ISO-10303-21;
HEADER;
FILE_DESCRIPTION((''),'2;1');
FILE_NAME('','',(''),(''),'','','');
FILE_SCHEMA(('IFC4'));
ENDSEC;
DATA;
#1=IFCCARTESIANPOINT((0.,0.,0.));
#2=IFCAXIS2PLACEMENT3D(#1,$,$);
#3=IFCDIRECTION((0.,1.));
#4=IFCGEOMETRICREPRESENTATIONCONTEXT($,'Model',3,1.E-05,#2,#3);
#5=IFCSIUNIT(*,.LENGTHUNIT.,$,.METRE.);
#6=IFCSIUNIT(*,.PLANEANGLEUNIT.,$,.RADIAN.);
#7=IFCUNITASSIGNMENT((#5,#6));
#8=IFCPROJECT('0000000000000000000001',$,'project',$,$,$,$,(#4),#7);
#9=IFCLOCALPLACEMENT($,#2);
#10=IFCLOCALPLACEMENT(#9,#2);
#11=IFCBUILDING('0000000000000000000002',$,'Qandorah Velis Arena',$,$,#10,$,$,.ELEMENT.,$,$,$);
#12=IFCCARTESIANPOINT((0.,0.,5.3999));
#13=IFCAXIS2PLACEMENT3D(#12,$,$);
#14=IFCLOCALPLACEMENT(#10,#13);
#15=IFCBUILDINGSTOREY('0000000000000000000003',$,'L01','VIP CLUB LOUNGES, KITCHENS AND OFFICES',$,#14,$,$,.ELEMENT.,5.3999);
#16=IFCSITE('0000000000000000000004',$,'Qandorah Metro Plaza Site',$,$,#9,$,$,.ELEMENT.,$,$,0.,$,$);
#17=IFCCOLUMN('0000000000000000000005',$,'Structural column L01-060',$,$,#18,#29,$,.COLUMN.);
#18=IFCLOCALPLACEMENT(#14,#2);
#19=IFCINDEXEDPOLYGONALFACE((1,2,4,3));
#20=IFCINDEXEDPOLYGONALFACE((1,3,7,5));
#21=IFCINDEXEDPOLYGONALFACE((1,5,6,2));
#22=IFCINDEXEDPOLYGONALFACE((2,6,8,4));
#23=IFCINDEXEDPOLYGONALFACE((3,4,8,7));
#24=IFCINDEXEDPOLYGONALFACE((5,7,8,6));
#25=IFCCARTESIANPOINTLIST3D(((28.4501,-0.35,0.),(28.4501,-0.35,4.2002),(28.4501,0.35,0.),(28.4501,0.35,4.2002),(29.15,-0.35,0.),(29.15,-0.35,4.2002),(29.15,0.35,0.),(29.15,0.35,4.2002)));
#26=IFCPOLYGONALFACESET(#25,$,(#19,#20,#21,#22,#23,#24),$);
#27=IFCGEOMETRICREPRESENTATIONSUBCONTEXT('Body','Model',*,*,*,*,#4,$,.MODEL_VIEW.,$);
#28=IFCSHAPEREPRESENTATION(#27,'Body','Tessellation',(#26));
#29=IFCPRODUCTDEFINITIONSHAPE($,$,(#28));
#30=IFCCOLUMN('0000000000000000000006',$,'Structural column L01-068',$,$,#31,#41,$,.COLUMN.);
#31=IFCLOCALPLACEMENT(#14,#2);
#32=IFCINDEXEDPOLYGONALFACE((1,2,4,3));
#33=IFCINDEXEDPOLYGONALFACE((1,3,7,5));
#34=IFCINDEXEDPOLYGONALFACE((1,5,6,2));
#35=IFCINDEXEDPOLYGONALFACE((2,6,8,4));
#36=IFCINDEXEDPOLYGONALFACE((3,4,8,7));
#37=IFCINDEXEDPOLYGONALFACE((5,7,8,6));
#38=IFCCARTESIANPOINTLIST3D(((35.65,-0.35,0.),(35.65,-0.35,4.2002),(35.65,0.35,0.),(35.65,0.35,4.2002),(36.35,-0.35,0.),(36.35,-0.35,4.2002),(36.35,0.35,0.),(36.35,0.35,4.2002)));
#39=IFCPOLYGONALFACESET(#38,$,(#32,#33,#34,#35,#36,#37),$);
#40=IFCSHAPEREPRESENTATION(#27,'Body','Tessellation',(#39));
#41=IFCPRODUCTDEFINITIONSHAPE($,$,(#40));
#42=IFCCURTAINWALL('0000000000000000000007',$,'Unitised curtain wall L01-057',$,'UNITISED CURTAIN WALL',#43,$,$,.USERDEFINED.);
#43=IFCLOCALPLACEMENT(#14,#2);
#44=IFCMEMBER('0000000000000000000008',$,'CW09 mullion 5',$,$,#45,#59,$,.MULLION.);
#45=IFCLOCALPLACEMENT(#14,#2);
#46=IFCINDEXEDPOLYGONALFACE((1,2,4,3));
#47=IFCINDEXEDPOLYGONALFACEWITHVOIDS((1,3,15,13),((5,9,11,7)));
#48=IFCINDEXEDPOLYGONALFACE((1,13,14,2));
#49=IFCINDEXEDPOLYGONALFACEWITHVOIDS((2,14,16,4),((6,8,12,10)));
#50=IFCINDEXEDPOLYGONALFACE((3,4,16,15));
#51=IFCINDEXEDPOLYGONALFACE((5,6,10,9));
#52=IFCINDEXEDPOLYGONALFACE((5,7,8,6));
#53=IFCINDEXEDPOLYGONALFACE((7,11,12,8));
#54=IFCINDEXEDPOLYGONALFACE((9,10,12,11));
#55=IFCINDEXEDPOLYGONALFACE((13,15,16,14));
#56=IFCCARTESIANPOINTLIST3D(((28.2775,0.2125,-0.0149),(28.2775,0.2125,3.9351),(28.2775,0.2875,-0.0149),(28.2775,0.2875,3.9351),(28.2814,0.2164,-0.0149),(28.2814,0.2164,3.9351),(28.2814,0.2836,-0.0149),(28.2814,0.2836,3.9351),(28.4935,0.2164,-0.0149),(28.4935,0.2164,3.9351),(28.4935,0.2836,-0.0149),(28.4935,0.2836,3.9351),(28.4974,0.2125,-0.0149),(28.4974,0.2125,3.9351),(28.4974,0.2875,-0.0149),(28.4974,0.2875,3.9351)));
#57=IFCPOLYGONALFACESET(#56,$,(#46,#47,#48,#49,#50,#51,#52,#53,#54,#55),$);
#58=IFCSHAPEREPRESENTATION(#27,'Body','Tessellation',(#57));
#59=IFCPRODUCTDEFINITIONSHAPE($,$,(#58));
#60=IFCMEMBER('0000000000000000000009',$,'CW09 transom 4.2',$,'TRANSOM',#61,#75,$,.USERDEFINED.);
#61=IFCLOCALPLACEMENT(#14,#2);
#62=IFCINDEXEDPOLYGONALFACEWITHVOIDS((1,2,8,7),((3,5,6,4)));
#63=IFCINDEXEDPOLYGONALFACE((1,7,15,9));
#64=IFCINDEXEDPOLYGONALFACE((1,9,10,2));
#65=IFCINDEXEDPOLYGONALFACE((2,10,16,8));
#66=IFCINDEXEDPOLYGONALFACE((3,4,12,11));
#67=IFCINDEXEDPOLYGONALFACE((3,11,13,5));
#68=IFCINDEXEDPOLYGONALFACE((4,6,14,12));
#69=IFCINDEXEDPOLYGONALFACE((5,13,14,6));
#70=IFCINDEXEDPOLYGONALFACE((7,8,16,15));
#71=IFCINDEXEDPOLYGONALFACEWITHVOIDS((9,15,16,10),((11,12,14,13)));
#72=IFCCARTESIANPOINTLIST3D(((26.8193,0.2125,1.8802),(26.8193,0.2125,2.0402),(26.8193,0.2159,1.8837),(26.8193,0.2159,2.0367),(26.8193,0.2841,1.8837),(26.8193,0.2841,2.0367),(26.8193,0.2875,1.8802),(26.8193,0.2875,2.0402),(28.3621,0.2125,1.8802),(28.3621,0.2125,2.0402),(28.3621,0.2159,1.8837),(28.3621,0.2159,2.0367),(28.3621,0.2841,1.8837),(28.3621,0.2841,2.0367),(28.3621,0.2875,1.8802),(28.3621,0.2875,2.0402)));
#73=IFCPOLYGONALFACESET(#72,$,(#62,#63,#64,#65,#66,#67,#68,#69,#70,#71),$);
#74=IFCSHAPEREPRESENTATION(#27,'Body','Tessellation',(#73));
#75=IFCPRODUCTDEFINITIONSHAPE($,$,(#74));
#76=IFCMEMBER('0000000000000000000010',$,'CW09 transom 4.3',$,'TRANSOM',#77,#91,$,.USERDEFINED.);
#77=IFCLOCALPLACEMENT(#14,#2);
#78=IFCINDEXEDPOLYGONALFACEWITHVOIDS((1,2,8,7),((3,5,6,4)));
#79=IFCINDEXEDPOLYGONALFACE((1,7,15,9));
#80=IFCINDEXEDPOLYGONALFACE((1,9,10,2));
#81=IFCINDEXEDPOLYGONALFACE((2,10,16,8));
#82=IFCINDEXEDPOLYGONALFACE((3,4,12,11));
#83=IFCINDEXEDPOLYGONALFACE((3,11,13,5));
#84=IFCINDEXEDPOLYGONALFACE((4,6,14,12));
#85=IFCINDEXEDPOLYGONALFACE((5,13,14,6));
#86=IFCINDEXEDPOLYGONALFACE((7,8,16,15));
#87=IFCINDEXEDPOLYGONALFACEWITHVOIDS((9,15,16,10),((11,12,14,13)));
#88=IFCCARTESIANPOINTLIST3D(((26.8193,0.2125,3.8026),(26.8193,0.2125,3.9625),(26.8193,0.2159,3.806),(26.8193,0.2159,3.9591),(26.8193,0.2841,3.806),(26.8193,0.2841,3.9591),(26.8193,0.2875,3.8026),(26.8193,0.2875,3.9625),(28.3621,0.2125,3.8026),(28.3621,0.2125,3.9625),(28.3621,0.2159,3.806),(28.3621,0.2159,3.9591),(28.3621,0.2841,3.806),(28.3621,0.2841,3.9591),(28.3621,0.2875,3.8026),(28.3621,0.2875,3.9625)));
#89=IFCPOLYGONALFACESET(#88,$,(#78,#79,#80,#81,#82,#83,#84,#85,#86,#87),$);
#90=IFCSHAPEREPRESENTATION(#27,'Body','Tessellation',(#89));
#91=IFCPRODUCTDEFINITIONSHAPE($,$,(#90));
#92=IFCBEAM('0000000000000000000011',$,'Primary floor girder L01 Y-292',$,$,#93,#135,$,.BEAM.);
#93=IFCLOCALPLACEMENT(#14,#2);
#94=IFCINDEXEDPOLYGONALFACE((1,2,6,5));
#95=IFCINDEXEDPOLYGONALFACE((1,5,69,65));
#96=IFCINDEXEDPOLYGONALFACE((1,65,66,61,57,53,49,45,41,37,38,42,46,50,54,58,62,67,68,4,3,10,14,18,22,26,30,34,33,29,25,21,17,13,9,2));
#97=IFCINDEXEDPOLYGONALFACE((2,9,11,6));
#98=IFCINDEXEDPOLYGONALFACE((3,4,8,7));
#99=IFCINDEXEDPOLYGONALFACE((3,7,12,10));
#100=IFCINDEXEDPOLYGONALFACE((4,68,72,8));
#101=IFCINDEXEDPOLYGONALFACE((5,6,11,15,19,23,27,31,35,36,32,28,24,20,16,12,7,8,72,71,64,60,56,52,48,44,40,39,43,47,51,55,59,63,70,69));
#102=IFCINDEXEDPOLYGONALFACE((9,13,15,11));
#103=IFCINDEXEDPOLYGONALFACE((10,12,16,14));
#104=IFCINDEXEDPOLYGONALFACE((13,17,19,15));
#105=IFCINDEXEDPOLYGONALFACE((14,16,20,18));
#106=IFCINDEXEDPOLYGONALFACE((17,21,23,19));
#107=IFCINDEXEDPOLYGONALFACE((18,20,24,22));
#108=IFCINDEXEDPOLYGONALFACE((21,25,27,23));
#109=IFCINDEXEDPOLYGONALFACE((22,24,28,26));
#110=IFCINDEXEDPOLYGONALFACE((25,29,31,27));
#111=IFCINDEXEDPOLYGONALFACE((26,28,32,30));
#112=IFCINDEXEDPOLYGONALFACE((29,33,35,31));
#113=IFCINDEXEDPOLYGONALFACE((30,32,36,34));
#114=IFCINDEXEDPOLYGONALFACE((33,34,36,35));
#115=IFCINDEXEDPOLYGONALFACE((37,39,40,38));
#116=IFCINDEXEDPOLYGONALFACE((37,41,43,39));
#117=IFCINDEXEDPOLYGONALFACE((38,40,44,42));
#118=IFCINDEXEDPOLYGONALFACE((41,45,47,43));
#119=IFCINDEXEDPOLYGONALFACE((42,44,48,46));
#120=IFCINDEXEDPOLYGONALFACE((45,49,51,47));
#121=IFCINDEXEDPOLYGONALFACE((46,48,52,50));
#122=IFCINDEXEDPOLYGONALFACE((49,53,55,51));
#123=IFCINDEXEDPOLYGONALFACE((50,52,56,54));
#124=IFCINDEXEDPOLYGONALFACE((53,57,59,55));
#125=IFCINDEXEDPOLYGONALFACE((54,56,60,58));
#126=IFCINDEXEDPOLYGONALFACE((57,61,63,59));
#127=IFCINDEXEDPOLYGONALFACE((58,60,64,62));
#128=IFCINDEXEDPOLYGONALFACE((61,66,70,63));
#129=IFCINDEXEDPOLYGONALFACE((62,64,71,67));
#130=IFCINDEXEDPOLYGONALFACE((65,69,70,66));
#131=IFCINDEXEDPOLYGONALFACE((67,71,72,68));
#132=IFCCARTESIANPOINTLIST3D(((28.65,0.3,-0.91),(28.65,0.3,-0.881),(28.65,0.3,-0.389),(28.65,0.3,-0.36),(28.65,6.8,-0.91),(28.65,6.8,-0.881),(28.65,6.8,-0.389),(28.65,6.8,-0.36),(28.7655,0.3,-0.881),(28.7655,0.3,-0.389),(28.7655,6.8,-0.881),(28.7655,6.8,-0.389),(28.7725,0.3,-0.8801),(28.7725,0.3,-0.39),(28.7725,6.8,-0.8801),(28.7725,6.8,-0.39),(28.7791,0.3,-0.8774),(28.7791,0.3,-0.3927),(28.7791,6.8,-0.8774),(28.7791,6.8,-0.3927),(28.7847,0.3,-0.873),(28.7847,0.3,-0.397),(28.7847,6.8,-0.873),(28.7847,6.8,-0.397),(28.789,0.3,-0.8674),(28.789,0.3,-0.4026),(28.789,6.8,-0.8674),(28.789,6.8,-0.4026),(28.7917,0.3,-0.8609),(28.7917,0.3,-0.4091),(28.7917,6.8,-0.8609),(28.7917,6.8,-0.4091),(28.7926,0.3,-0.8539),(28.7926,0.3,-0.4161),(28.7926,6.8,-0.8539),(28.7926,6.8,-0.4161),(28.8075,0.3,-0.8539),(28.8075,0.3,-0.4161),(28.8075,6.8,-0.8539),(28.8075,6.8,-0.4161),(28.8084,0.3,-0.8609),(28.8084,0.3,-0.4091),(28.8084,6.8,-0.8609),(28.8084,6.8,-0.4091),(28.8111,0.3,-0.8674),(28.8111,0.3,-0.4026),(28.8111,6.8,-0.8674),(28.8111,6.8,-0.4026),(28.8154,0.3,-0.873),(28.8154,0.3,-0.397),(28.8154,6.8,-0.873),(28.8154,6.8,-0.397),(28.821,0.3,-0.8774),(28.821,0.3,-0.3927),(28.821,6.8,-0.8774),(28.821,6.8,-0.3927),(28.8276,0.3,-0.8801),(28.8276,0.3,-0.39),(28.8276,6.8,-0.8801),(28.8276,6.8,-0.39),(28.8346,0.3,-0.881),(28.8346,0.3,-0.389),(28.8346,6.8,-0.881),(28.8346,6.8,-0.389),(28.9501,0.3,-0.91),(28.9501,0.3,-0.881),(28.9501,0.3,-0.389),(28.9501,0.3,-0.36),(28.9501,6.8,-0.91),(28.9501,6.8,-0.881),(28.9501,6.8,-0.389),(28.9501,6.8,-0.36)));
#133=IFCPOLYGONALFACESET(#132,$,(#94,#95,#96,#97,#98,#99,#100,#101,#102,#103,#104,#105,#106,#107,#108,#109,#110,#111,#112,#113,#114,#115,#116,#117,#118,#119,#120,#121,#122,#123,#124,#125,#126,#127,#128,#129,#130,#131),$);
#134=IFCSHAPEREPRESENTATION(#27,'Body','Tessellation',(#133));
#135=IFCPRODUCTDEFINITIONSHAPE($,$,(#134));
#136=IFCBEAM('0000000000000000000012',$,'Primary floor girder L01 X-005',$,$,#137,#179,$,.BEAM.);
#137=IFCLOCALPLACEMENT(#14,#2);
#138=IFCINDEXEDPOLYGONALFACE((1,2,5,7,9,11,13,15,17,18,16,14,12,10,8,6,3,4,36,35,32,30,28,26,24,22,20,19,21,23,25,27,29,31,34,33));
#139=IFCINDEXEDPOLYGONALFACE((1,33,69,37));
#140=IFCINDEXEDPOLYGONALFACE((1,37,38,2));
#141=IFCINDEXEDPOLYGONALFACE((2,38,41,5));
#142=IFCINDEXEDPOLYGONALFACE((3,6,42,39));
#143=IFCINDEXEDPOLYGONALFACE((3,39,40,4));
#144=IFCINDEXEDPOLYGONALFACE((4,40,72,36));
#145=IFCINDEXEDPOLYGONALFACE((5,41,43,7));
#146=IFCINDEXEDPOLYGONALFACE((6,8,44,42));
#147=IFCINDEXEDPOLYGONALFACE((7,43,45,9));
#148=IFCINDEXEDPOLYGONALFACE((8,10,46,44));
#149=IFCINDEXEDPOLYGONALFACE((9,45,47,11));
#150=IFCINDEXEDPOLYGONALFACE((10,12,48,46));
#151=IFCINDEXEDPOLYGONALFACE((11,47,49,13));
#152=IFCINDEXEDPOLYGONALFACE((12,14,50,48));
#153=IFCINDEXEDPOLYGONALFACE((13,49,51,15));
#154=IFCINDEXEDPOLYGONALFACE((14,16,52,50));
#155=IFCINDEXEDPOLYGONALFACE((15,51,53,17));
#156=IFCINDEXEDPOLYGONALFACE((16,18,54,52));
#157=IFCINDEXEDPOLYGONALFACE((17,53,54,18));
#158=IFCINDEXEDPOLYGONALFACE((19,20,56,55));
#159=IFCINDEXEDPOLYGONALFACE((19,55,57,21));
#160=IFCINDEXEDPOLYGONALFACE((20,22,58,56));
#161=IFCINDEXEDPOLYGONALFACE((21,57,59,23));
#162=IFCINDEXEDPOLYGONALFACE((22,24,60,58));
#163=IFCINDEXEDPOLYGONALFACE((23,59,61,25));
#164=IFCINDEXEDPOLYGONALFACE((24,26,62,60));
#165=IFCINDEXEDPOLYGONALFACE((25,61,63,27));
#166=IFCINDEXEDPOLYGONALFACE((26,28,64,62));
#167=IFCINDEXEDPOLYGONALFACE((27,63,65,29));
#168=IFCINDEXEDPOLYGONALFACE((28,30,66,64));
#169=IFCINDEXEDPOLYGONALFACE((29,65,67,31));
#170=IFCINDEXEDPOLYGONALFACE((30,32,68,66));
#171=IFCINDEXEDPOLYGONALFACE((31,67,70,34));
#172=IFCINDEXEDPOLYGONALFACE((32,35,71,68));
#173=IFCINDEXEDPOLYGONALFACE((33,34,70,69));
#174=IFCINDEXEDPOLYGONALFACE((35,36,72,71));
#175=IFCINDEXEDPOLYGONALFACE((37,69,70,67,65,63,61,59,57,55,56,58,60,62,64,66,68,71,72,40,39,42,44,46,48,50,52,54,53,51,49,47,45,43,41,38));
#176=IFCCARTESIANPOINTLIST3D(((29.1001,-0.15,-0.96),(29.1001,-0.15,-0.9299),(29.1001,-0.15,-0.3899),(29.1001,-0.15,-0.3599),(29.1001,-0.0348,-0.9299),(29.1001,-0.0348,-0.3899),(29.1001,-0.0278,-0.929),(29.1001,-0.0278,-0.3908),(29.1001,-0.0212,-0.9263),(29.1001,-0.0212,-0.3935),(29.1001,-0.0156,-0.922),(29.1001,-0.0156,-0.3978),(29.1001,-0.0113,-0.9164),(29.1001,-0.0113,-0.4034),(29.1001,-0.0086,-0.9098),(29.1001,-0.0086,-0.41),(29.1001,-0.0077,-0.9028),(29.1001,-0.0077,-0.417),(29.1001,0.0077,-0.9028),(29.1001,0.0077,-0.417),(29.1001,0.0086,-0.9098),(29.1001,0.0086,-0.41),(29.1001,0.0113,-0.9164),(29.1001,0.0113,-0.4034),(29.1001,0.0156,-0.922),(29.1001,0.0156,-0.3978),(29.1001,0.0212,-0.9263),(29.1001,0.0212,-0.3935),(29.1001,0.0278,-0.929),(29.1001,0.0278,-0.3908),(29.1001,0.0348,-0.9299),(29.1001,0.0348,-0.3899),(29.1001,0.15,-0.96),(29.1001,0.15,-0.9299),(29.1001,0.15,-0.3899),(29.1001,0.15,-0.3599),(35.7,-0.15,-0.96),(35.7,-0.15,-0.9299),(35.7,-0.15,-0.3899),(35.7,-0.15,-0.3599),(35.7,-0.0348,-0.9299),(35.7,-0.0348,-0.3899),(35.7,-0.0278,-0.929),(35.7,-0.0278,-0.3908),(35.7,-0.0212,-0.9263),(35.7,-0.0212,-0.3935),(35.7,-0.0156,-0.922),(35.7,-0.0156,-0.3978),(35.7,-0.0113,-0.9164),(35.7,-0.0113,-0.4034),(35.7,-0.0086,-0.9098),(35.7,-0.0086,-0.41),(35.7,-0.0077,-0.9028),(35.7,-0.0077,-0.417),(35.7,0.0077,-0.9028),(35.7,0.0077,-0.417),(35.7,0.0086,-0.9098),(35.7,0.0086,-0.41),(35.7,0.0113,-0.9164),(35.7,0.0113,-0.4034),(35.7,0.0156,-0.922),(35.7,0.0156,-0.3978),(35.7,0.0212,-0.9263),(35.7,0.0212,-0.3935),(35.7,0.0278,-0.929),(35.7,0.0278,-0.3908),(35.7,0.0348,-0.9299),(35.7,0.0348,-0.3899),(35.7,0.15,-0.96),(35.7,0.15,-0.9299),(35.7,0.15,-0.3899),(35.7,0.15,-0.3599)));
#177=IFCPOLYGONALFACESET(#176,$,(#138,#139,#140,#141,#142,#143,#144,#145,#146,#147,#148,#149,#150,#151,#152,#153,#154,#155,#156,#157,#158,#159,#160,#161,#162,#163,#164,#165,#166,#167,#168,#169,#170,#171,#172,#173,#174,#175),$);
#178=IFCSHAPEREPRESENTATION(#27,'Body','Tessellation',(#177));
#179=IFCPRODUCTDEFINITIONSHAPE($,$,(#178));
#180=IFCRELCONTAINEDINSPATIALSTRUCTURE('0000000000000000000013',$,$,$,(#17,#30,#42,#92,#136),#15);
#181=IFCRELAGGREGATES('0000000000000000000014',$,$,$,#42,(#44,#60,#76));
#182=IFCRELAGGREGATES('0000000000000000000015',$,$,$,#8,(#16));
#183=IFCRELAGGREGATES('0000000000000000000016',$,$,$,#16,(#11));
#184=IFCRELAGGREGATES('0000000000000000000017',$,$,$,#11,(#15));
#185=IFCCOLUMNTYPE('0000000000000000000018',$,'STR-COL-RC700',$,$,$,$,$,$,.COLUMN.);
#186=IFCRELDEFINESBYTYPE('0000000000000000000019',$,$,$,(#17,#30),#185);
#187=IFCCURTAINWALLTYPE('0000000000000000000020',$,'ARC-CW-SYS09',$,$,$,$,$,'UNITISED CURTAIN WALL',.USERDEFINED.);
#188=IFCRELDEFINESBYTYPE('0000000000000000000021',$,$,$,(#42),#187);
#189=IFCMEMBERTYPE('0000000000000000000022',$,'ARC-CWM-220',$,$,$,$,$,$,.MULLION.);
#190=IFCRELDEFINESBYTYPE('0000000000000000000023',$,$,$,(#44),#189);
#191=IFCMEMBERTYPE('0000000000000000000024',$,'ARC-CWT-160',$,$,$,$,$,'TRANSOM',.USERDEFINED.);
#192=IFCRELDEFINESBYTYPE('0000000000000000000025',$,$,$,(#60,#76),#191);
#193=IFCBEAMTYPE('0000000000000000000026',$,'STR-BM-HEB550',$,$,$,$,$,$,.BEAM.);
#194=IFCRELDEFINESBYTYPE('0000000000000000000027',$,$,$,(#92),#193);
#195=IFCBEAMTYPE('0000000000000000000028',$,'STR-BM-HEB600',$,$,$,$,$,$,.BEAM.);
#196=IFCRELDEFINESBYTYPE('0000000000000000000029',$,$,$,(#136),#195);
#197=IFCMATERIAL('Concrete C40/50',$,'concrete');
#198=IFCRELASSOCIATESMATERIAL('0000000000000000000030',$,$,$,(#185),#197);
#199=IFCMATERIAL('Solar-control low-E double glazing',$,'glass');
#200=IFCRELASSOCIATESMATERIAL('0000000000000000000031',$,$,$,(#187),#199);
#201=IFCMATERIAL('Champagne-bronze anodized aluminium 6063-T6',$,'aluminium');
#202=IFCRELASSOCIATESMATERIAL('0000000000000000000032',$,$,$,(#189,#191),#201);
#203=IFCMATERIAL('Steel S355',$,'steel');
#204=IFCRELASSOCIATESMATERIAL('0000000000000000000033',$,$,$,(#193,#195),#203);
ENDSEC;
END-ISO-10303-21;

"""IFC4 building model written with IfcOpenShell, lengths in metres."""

from ifc_helpers import new_model, si_unit, direction, frame, origin, origin_2d, place, context, subcontext, project, spatial, rectangle, hollow_rectangle, i_section, extrude, material, material_profile, profile_set, type_object, element, aggregate, save


model = new_model("IFC4")

# Units and contexts
model_context = context("Model", 3, precision=1e-05, world=origin(), true_north=direction((0.0, 1.0)))
body_context = subcontext(model_context, "Body", "Model", "MODEL_VIEW")
ifc_project = project(units=[si_unit("LENGTHUNIT", "METRE"), si_unit("PLANEANGLEUNIT", "RADIAN")], contexts=[model_context])

# Site, building, storey
site_placement = place(None, origin())
site = spatial("IfcSite", under=ifc_project, at=site_placement, Name="Qandorah Metro Plaza Site", CompositionType="ELEMENT", RefElevation=0.0)
building_placement = place(site_placement, origin())
building = spatial("IfcBuilding", under=site, at=building_placement, Name="Qandorah Velis Arena", CompositionType="ELEMENT")
storey_placement = place(building_placement, frame((0.0, 0.0, 5.3999)))
storey = spatial("IfcBuildingStorey", under=building, at=storey_placement, Name="L01", Description="VIP CLUB LOUNGES, KITCHENS AND OFFICES", CompositionType="ELEMENT", Elevation=5.3999)

# Columns
ifc_material_1 = material(Name="Concrete C40/50", Category="concrete")
ifc_material_profile_1 = material_profile(ifc_material_1, rectangle(XDim=0.7, YDim=0.7, at=origin_2d()), Name="RC COL 700x700")
ifc_profile_set_1 = profile_set([ifc_material_profile_1], Name="Concrete C40/50")
column_type = type_object("IfcColumnType", Name="STR-COL-RC700", PredefinedType="COLUMN", material=ifc_profile_set_1)
for number, where, z_axis, x_axis, name in (
    (1, (28.8, 0.0, 0.0), (0.0, 0.0, 1.0), (1.0, 0.0, 0.0), "Structural column L01-060"),
    (2, (36.0, 0.0, 0.0), (0.0, 0.0, 1.0), (1.0, 0.0, 0.0), "Structural column L01-068"),
):
    element("IfcColumn", number, at=place(storey_placement, frame(where, z_axis=z_axis, x_axis=x_axis)), inside=storey, type_object=column_type, Name=name, PredefinedType="COLUMN", context=body_context, shape_type="SweptSolid", body=[
        extrude(rectangle(XDim=0.7, YDim=0.7, at=origin_2d()), origin(), (0.0, 0.0, 1.0), 4.2002),
    ])

# Curtain wall, members
ifc_material_2 = material(Name="Solar-control low-E double glazing", Category="glass")
curtain_wall_type = type_object("IfcCurtainWallType", Name="ARC-CW-SYS09", ElementType="UNITISED CURTAIN WALL", PredefinedType="USERDEFINED", material=ifc_material_2)
curtain_wall_placement = place(storey_placement, origin())
curtain_wall = element("IfcCurtainWall", 3, at=curtain_wall_placement, inside=storey, type_object=curtain_wall_type, Name="Unitised curtain wall L01-057", ObjectType="UNITISED CURTAIN WALL", PredefinedType="USERDEFINED")
ifc_material_3 = material(Name="Champagne-bronze anodized aluminium 6063-T6", Category="aluminium")
ifc_material_profile_2 = material_profile(ifc_material_3, hollow_rectangle(XDim=0.075, YDim=0.22, WallThickness=0.0039, at=origin_2d()), Name="ALU MULLION 75x220")
ifc_profile_set_2 = profile_set([ifc_material_profile_2], Name="Champagne-bronze anodized aluminium 6063-T6")
member_type_1 = type_object("IfcMemberType", Name="ARC-CWM-220", PredefinedType="MULLION", material=ifc_profile_set_2)
member_1_placement = place(storey_placement, frame((28.3875, 0.25, -0.0149), z_axis=(0.0, 0.0, 1.0), x_axis=(0.0, 1.0, 0.0)))
member_1 = element("IfcMember", 4, at=member_1_placement, type_object=member_type_1, Name="CW09 mullion 5", PredefinedType="MULLION", context=body_context, shape_type="SweptSolid", body=[
    extrude(hollow_rectangle(XDim=0.075, YDim=0.22, WallThickness=0.0039, at=origin_2d()), origin(), (0.0, 0.0, 1.0), 3.95),
])
ifc_material_profile_3 = material_profile(ifc_material_3, hollow_rectangle(XDim=0.075, YDim=0.1599, WallThickness=0.0034, at=origin_2d()), Name="ALU TRANSOM 75x160")
ifc_profile_set_3 = profile_set([ifc_material_profile_3], Name="Champagne-bronze anodized aluminium 6063-T6")
member_type_2 = type_object("IfcMemberType", Name="ARC-CWT-160", ElementType="TRANSOM", PredefinedType="USERDEFINED", material=ifc_profile_set_3)
member_2_placement = place(storey_placement, frame((26.8193, 0.25, 1.9602), z_axis=(1.0, 0.0, 0.0), x_axis=(0.0, 1.0, 0.0)))
member_2 = element("IfcMember", 5, at=member_2_placement, type_object=member_type_2, Name="CW09 transom 4.2", ObjectType="TRANSOM", PredefinedType="USERDEFINED", context=body_context, shape_type="SweptSolid", body=[
    extrude(hollow_rectangle(XDim=0.075, YDim=0.1599, WallThickness=0.0034, at=origin_2d()), origin(), (0.0, 0.0, 1.0), 1.5427),
])
member_3_placement = place(storey_placement, frame((26.8193, 0.25, 3.8826), z_axis=(1.0, 0.0, 0.0), x_axis=(0.0, 1.0, 0.0)))
member_3 = element("IfcMember", 6, at=member_3_placement, type_object=member_type_2, Name="CW09 transom 4.3", ObjectType="TRANSOM", PredefinedType="USERDEFINED", context=body_context, shape_type="SweptSolid", body=[
    extrude(hollow_rectangle(XDim=0.075, YDim=0.1599, WallThickness=0.0034, at=origin_2d()), origin(), (0.0, 0.0, 1.0), 1.5427),
])

# Beams
ifc_material_4 = material(Name="Steel S355", Category="steel")
ifc_material_profile_4 = material_profile(ifc_material_4, i_section(OverallWidth=0.3, OverallDepth=0.55, WebThickness=0.0149, FlangeThickness=0.0291, FilletRadius=0.0271, at=origin_2d()), Name="HEB 550")
ifc_profile_set_4 = profile_set([ifc_material_profile_4], Name="Steel S355")
beam_type_1 = type_object("IfcBeamType", Name="STR-BM-HEB550", PredefinedType="BEAM", material=ifc_profile_set_4)
beam_placement = place(storey_placement, frame((28.8, 0.3, -0.635), z_axis=(0.0, 1.0, 0.0), x_axis=(-1.0, 0.0, 0.0)))
element("IfcBeam", 7, at=beam_placement, inside=storey, type_object=beam_type_1, Name="Primary floor girder L01 Y-292", PredefinedType="BEAM", context=body_context, shape_type="SweptSolid", body=[
    extrude(i_section(OverallWidth=0.3, OverallDepth=0.55, WebThickness=0.0149, FlangeThickness=0.0291, FilletRadius=0.0271, at=origin_2d()), origin(), (0.0, 0.0, 1.0), 6.5),
])
ifc_material_profile_5 = material_profile(ifc_material_4, i_section(OverallWidth=0.3, OverallDepth=0.6001, WebThickness=0.0154, FlangeThickness=0.03, FilletRadius=0.0271, at=origin_2d()), Name="HEB 600")
ifc_profile_set_5 = profile_set([ifc_material_profile_5], Name="Steel S355")
beam_type_2 = type_object("IfcBeamType", Name="STR-BM-HEB600", PredefinedType="BEAM", material=ifc_profile_set_5)
for number, where, z_axis, x_axis, name in (
    (8, (29.1001, 0.0, -0.6599), (1.0, 0.0, 0.0), (0.0, 1.0, 0.0), "Primary floor girder L01 X-005"),
):
    element("IfcBeam", number, at=place(storey_placement, frame(where, z_axis=z_axis, x_axis=x_axis)), inside=storey, type_object=beam_type_2, Name=name, PredefinedType="BEAM", context=body_context, shape_type="SweptSolid", body=[
        extrude(i_section(OverallWidth=0.3, OverallDepth=0.6001, WebThickness=0.0154, FlangeThickness=0.03, FilletRadius=0.0271, at=origin_2d()), origin(), (0.0, 0.0, 1.0), 6.5999),
    ])

aggregate(curtain_wall, [member_1, member_2, member_3])

save(model, "model.ifc")
